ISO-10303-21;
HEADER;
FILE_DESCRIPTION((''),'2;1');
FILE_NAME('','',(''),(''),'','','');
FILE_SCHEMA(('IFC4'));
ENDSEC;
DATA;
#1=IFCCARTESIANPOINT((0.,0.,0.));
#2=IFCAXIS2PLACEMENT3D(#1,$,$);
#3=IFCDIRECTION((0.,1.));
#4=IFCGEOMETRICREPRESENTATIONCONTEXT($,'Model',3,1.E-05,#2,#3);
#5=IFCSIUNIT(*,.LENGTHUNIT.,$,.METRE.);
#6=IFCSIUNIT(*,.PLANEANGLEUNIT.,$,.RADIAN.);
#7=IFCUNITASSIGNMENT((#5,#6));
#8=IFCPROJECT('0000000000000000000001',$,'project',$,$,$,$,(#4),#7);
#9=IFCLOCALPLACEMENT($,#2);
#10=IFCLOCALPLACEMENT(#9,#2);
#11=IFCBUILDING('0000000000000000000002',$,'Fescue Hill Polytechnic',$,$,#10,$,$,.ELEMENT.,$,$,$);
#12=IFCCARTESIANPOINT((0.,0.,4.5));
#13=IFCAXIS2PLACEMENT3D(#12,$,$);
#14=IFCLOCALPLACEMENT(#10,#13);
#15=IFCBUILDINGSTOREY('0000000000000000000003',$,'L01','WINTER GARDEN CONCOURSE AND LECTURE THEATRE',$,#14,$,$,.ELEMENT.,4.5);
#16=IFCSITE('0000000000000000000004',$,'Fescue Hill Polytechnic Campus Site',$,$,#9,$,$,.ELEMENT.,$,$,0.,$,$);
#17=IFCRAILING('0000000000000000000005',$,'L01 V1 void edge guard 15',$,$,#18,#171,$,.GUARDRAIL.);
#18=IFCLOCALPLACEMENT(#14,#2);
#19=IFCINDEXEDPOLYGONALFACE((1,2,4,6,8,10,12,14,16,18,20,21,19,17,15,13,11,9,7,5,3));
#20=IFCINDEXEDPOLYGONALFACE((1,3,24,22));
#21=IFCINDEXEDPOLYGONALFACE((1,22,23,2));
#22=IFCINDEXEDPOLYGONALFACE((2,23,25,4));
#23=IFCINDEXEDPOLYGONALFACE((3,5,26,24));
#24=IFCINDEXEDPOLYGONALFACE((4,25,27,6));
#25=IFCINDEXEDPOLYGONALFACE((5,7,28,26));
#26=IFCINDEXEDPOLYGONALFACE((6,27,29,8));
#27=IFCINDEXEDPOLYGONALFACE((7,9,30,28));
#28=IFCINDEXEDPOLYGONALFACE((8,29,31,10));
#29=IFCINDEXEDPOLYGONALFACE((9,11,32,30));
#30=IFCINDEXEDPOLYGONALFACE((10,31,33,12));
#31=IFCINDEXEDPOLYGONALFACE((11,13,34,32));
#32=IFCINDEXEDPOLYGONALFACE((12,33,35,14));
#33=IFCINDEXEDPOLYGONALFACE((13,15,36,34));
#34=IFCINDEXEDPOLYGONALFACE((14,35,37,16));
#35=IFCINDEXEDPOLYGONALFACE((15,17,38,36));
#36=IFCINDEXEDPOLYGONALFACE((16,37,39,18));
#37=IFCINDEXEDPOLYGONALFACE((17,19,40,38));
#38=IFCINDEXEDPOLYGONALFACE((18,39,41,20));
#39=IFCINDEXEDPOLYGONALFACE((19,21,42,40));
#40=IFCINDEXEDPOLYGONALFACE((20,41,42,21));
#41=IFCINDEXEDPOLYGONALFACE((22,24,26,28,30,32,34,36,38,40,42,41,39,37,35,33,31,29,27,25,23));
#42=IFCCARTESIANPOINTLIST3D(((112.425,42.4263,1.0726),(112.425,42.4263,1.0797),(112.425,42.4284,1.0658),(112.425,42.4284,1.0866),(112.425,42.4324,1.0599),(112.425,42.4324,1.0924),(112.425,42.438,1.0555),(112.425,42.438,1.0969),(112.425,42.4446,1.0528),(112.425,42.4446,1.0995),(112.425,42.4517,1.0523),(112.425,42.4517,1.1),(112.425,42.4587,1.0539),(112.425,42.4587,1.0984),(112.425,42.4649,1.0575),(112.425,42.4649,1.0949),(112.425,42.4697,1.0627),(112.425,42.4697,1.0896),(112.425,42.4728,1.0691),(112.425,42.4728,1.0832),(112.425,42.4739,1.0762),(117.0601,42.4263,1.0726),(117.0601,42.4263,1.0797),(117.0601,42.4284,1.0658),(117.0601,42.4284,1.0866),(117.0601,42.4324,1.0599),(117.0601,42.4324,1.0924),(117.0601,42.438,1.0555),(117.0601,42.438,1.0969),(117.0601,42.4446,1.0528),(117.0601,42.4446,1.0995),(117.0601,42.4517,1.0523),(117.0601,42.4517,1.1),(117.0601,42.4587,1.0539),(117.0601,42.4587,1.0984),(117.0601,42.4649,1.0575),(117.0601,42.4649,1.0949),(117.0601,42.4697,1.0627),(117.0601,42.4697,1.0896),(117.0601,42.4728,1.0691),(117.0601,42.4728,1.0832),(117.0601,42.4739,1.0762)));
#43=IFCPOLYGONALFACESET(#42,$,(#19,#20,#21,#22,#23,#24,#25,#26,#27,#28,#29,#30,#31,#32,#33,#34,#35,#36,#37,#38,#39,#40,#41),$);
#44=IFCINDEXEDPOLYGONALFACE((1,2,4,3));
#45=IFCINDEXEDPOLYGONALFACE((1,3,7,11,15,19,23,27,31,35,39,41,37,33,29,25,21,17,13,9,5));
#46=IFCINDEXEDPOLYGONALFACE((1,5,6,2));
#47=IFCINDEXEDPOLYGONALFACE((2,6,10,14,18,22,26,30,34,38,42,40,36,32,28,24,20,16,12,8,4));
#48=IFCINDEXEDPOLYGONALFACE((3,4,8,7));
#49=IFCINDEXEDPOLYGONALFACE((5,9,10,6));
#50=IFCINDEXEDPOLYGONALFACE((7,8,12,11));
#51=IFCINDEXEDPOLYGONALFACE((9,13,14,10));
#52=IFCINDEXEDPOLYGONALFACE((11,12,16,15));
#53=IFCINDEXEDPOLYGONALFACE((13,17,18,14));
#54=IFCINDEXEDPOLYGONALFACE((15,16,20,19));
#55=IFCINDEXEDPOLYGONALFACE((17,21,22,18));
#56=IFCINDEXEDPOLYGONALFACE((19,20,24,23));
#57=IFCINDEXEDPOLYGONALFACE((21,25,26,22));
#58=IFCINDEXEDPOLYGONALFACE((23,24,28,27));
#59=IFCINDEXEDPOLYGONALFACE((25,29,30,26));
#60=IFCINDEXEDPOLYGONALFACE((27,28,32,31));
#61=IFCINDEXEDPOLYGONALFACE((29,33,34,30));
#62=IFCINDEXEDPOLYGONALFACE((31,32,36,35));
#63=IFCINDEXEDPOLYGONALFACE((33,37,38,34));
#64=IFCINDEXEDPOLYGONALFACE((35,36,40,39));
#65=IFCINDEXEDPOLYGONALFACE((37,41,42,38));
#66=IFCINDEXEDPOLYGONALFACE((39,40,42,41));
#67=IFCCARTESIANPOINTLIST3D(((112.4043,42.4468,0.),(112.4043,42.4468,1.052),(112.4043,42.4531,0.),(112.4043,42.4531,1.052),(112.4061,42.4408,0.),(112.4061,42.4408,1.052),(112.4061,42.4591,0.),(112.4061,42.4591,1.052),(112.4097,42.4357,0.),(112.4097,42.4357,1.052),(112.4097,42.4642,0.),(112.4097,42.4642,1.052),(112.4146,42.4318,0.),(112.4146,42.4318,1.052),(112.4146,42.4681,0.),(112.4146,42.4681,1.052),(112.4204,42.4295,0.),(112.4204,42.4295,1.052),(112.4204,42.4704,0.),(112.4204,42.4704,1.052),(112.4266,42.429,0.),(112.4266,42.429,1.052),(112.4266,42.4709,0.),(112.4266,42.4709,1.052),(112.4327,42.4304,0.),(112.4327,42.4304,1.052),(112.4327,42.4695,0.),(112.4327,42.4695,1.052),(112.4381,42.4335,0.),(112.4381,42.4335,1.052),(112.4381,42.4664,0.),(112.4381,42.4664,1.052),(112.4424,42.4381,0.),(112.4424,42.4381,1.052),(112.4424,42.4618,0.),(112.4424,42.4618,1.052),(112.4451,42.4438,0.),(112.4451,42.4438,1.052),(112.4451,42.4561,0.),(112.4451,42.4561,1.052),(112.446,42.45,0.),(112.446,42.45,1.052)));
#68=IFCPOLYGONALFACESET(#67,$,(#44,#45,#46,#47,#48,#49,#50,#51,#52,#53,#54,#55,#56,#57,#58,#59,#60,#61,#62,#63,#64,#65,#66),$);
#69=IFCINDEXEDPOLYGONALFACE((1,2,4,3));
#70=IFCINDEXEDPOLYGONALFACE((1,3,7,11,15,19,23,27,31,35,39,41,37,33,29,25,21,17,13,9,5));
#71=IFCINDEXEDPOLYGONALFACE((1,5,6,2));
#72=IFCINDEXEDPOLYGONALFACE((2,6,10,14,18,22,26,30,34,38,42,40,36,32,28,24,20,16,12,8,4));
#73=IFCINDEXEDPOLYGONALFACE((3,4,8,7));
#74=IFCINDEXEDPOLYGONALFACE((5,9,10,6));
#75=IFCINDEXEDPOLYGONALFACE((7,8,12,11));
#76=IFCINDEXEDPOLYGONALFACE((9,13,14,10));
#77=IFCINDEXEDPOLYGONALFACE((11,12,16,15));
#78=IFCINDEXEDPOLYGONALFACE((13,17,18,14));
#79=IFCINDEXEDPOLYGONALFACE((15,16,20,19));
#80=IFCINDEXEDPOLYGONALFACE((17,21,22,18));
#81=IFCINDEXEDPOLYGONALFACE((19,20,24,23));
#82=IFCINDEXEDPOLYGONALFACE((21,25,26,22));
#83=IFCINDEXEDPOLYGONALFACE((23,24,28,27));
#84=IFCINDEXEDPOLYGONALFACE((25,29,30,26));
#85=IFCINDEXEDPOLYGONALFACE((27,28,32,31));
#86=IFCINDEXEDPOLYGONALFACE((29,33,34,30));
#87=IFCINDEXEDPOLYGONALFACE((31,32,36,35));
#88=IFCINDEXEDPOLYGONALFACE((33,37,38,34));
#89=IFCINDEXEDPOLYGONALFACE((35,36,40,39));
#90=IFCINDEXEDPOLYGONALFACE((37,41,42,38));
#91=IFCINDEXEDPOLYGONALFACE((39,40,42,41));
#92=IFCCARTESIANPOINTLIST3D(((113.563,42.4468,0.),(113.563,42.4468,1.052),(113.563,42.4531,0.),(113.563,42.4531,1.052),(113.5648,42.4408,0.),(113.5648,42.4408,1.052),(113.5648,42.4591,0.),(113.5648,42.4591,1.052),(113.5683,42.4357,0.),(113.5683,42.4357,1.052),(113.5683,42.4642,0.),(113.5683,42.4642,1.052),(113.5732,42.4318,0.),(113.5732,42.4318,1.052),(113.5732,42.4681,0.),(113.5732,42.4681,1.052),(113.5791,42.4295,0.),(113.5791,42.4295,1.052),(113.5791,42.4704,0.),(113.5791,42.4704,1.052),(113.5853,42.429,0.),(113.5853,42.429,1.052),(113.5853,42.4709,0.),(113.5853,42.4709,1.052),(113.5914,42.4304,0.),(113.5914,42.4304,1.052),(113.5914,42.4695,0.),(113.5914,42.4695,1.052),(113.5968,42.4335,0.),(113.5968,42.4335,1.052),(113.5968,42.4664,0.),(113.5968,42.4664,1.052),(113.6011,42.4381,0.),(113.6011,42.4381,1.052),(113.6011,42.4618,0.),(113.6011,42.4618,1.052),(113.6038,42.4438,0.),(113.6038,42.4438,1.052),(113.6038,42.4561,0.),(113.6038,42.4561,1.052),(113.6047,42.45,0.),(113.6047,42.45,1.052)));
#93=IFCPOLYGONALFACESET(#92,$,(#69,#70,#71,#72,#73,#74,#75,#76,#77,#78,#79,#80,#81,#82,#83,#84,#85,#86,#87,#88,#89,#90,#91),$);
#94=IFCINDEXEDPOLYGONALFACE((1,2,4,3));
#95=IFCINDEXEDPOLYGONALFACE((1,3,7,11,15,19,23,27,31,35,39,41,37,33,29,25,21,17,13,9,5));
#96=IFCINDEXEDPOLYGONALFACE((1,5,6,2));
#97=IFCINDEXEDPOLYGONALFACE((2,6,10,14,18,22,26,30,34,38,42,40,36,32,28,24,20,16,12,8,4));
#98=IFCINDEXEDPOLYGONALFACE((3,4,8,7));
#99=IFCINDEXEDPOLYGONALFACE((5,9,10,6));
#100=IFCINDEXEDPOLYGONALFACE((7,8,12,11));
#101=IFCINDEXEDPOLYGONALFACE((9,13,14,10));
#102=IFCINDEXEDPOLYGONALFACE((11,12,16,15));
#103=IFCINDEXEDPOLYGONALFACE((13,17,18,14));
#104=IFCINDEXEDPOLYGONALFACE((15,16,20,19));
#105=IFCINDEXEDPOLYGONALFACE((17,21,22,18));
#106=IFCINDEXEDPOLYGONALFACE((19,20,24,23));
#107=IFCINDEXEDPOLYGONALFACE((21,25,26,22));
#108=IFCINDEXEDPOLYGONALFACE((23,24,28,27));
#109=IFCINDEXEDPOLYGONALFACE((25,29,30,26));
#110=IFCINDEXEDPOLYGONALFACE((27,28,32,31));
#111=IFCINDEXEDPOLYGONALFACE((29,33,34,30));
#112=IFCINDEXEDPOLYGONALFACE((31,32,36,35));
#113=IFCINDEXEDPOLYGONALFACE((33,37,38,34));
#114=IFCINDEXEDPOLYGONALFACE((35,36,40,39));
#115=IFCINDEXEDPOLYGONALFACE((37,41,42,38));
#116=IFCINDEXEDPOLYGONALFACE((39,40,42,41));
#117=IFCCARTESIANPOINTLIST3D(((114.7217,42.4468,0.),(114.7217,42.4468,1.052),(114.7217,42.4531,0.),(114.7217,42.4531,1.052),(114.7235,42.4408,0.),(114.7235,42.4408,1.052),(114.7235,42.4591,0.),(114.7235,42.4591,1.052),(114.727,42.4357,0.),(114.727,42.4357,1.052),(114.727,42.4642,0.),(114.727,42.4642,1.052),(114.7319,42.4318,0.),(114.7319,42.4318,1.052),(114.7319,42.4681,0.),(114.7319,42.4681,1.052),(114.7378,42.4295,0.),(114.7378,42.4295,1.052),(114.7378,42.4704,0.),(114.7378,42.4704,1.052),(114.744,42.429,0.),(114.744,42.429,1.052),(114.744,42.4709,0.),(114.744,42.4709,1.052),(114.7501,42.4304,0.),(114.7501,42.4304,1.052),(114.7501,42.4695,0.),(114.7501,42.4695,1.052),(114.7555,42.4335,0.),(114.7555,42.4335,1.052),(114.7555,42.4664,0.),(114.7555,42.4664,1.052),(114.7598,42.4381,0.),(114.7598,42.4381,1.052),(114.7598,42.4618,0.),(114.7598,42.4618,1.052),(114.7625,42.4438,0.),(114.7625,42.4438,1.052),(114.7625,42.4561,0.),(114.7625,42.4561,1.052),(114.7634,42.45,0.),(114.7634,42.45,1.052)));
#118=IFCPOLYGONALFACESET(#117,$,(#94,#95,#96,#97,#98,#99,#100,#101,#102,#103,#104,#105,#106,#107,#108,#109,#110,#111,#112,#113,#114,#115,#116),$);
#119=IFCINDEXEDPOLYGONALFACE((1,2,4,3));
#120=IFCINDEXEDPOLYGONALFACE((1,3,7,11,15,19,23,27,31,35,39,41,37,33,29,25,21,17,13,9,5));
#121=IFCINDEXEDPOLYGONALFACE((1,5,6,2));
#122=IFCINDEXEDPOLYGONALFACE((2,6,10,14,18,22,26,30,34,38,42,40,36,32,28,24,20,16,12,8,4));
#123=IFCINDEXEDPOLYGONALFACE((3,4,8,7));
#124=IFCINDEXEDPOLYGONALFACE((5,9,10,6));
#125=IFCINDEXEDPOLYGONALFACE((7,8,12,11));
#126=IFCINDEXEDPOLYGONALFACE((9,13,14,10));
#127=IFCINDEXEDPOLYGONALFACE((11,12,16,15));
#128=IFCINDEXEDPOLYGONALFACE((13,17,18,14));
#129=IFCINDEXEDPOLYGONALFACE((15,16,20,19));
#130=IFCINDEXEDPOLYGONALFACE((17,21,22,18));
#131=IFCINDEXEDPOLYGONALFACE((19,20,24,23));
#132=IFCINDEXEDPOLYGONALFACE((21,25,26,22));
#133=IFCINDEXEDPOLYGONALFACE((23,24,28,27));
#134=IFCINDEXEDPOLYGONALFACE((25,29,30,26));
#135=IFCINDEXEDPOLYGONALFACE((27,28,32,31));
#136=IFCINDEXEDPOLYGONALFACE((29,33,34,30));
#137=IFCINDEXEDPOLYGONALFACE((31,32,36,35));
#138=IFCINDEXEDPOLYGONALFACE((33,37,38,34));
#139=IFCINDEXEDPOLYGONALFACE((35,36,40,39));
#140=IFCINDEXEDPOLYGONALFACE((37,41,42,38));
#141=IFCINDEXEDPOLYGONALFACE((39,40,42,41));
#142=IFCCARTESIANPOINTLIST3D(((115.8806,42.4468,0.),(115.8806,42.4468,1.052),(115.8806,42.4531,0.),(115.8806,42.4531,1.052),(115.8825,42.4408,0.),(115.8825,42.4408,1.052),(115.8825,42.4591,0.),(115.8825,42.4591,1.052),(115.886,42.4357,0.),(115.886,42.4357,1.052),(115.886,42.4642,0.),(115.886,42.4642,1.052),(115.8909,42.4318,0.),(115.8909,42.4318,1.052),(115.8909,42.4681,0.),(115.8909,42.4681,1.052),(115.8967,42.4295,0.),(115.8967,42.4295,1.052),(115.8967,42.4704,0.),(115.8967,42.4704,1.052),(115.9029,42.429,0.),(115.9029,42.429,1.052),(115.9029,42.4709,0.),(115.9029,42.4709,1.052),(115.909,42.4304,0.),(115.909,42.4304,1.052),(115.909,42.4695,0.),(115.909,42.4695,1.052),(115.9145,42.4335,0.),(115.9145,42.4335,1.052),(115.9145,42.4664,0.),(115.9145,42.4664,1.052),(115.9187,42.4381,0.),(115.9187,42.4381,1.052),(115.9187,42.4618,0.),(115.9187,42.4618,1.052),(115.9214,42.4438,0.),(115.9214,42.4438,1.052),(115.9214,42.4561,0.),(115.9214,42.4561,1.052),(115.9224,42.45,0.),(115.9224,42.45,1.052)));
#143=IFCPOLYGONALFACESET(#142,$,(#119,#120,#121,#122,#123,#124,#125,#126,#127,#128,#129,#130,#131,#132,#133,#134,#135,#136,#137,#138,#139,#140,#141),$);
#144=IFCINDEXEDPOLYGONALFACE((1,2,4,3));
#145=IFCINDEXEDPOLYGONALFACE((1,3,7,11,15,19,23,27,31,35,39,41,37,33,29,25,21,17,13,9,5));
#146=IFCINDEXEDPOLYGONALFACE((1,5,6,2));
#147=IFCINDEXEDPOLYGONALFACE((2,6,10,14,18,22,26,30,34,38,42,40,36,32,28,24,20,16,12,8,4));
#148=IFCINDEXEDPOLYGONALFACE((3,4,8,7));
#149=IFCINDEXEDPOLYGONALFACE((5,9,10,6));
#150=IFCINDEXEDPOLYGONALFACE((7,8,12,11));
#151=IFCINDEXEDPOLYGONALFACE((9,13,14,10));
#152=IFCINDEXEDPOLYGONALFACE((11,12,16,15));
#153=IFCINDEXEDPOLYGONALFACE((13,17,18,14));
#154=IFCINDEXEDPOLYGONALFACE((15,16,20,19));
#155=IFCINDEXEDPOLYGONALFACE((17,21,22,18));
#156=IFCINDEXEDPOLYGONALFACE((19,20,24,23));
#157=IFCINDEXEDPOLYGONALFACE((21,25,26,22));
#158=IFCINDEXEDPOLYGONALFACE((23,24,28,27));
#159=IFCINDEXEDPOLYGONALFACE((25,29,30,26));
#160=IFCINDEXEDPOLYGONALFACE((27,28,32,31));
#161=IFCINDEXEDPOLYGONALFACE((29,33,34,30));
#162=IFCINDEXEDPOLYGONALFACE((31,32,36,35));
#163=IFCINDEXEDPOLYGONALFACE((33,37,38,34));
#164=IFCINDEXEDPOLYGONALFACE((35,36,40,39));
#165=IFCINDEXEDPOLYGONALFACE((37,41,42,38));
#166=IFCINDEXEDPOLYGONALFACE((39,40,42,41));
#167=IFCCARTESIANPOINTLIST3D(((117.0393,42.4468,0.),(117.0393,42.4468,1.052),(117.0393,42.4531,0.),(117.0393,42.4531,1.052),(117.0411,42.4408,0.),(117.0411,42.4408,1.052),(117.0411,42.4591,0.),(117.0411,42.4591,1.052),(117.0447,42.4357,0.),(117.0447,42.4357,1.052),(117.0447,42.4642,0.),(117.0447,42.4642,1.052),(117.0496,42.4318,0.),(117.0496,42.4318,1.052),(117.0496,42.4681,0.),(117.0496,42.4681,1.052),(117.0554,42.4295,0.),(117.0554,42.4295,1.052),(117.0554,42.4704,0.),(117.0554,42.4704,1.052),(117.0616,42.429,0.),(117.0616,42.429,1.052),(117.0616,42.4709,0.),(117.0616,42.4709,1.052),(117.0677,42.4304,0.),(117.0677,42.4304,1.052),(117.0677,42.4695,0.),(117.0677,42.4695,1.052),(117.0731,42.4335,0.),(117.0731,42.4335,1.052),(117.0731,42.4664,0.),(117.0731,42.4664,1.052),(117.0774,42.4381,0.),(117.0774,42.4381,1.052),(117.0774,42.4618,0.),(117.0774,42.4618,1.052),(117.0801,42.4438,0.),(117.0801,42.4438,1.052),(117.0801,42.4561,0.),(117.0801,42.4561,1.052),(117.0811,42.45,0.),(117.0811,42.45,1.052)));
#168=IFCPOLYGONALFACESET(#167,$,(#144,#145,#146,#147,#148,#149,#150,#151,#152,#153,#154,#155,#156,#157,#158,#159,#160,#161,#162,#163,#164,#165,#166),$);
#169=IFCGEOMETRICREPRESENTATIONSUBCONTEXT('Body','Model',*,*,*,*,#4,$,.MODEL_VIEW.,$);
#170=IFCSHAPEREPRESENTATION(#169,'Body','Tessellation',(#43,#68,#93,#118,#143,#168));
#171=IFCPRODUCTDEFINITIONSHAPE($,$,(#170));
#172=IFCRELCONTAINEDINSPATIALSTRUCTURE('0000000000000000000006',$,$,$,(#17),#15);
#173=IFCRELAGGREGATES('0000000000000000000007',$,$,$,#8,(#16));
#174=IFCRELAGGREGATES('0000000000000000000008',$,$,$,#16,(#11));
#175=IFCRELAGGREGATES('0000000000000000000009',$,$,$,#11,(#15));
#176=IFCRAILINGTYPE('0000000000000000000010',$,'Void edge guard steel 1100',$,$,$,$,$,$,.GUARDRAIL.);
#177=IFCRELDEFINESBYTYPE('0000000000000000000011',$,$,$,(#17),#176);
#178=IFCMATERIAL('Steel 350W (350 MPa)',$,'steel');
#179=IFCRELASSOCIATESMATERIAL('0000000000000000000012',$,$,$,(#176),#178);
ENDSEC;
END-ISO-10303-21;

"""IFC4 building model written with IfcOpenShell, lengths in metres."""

from ifc_helpers import new_model, si_unit, direction, frame, origin, origin_2d, place, context, subcontext, project, spatial, circle, extrude, material, type_object, element, save


model = new_model("IFC4")

# Units and contexts
model_context = context("Model", 3, precision=1e-05, world=origin(), true_north=direction((0.0, 1.0)))
body_context = subcontext(model_context, "Body", "Model", "MODEL_VIEW")
ifc_project = project(units=[si_unit("LENGTHUNIT", "METRE"), si_unit("PLANEANGLEUNIT", "RADIAN")], contexts=[model_context])

# Site, building, storey
site_placement = place(None, origin())
site = spatial("IfcSite", under=ifc_project, at=site_placement, Name="Fescue Hill Polytechnic Campus Site", CompositionType="ELEMENT", RefElevation=0.0)
building_placement = place(site_placement, origin())
building = spatial("IfcBuilding", under=site, at=building_placement, Name="Fescue Hill Polytechnic", CompositionType="ELEMENT")
storey_placement = place(building_placement, frame((0.0, 0.0, 4.5)))
storey = spatial("IfcBuildingStorey", under=building, at=storey_placement, Name="L01", Description="WINTER GARDEN CONCOURSE AND LECTURE THEATRE", CompositionType="ELEMENT", Elevation=4.5)

# Shared definitions
ifc_material_1 = material(Name="Steel 350W (350 MPa)", Category="steel")

# Railing
railing_type_1 = type_object("IfcRailingType", Name="Void edge guard steel 1100", PredefinedType="GUARDRAIL", material=ifc_material_1)
railing_1_placement = place(storey_placement, frame((112.425, 42.45, 0.0)))
element("IfcRailing", 1, at=railing_1_placement, inside=storey, type_object=railing_type_1, Name="L01 V1 void edge guard 15", PredefinedType="GUARDRAIL", context=body_context, shape_type="SweptSolid", body=[
    extrude(circle(Radius=0.0239, at=origin_2d()), frame((0.0, 0.0, 1.0762), z_axis=(1.0, 0.0, 0.0), x_axis=(0.0, 1.0, 0.0)), (0.0, 0.0, 1.0), 4.635),
    extrude(circle(Radius=0.021, at=origin_2d()), origin(), (0.0, 0.0, 1.0), 1.052),
    extrude(circle(Radius=0.021, at=origin_2d()), frame((1.1587, 0.0, 0.0)), (0.0, 0.0, 1.0), 1.052),
    extrude(circle(Radius=0.021, at=origin_2d()), frame((2.3174, 0.0, 0.0)), (0.0, 0.0, 1.0), 1.052),
    extrude(circle(Radius=0.021, at=origin_2d()), frame((3.4763, 0.0, 0.0)), (0.0, 0.0, 1.0), 1.052),
    extrude(circle(Radius=0.021, at=origin_2d()), frame((4.635, 0.0, 0.0)), (0.0, 0.0, 1.0), 1.052),
])

save(model, "model.ifc")
